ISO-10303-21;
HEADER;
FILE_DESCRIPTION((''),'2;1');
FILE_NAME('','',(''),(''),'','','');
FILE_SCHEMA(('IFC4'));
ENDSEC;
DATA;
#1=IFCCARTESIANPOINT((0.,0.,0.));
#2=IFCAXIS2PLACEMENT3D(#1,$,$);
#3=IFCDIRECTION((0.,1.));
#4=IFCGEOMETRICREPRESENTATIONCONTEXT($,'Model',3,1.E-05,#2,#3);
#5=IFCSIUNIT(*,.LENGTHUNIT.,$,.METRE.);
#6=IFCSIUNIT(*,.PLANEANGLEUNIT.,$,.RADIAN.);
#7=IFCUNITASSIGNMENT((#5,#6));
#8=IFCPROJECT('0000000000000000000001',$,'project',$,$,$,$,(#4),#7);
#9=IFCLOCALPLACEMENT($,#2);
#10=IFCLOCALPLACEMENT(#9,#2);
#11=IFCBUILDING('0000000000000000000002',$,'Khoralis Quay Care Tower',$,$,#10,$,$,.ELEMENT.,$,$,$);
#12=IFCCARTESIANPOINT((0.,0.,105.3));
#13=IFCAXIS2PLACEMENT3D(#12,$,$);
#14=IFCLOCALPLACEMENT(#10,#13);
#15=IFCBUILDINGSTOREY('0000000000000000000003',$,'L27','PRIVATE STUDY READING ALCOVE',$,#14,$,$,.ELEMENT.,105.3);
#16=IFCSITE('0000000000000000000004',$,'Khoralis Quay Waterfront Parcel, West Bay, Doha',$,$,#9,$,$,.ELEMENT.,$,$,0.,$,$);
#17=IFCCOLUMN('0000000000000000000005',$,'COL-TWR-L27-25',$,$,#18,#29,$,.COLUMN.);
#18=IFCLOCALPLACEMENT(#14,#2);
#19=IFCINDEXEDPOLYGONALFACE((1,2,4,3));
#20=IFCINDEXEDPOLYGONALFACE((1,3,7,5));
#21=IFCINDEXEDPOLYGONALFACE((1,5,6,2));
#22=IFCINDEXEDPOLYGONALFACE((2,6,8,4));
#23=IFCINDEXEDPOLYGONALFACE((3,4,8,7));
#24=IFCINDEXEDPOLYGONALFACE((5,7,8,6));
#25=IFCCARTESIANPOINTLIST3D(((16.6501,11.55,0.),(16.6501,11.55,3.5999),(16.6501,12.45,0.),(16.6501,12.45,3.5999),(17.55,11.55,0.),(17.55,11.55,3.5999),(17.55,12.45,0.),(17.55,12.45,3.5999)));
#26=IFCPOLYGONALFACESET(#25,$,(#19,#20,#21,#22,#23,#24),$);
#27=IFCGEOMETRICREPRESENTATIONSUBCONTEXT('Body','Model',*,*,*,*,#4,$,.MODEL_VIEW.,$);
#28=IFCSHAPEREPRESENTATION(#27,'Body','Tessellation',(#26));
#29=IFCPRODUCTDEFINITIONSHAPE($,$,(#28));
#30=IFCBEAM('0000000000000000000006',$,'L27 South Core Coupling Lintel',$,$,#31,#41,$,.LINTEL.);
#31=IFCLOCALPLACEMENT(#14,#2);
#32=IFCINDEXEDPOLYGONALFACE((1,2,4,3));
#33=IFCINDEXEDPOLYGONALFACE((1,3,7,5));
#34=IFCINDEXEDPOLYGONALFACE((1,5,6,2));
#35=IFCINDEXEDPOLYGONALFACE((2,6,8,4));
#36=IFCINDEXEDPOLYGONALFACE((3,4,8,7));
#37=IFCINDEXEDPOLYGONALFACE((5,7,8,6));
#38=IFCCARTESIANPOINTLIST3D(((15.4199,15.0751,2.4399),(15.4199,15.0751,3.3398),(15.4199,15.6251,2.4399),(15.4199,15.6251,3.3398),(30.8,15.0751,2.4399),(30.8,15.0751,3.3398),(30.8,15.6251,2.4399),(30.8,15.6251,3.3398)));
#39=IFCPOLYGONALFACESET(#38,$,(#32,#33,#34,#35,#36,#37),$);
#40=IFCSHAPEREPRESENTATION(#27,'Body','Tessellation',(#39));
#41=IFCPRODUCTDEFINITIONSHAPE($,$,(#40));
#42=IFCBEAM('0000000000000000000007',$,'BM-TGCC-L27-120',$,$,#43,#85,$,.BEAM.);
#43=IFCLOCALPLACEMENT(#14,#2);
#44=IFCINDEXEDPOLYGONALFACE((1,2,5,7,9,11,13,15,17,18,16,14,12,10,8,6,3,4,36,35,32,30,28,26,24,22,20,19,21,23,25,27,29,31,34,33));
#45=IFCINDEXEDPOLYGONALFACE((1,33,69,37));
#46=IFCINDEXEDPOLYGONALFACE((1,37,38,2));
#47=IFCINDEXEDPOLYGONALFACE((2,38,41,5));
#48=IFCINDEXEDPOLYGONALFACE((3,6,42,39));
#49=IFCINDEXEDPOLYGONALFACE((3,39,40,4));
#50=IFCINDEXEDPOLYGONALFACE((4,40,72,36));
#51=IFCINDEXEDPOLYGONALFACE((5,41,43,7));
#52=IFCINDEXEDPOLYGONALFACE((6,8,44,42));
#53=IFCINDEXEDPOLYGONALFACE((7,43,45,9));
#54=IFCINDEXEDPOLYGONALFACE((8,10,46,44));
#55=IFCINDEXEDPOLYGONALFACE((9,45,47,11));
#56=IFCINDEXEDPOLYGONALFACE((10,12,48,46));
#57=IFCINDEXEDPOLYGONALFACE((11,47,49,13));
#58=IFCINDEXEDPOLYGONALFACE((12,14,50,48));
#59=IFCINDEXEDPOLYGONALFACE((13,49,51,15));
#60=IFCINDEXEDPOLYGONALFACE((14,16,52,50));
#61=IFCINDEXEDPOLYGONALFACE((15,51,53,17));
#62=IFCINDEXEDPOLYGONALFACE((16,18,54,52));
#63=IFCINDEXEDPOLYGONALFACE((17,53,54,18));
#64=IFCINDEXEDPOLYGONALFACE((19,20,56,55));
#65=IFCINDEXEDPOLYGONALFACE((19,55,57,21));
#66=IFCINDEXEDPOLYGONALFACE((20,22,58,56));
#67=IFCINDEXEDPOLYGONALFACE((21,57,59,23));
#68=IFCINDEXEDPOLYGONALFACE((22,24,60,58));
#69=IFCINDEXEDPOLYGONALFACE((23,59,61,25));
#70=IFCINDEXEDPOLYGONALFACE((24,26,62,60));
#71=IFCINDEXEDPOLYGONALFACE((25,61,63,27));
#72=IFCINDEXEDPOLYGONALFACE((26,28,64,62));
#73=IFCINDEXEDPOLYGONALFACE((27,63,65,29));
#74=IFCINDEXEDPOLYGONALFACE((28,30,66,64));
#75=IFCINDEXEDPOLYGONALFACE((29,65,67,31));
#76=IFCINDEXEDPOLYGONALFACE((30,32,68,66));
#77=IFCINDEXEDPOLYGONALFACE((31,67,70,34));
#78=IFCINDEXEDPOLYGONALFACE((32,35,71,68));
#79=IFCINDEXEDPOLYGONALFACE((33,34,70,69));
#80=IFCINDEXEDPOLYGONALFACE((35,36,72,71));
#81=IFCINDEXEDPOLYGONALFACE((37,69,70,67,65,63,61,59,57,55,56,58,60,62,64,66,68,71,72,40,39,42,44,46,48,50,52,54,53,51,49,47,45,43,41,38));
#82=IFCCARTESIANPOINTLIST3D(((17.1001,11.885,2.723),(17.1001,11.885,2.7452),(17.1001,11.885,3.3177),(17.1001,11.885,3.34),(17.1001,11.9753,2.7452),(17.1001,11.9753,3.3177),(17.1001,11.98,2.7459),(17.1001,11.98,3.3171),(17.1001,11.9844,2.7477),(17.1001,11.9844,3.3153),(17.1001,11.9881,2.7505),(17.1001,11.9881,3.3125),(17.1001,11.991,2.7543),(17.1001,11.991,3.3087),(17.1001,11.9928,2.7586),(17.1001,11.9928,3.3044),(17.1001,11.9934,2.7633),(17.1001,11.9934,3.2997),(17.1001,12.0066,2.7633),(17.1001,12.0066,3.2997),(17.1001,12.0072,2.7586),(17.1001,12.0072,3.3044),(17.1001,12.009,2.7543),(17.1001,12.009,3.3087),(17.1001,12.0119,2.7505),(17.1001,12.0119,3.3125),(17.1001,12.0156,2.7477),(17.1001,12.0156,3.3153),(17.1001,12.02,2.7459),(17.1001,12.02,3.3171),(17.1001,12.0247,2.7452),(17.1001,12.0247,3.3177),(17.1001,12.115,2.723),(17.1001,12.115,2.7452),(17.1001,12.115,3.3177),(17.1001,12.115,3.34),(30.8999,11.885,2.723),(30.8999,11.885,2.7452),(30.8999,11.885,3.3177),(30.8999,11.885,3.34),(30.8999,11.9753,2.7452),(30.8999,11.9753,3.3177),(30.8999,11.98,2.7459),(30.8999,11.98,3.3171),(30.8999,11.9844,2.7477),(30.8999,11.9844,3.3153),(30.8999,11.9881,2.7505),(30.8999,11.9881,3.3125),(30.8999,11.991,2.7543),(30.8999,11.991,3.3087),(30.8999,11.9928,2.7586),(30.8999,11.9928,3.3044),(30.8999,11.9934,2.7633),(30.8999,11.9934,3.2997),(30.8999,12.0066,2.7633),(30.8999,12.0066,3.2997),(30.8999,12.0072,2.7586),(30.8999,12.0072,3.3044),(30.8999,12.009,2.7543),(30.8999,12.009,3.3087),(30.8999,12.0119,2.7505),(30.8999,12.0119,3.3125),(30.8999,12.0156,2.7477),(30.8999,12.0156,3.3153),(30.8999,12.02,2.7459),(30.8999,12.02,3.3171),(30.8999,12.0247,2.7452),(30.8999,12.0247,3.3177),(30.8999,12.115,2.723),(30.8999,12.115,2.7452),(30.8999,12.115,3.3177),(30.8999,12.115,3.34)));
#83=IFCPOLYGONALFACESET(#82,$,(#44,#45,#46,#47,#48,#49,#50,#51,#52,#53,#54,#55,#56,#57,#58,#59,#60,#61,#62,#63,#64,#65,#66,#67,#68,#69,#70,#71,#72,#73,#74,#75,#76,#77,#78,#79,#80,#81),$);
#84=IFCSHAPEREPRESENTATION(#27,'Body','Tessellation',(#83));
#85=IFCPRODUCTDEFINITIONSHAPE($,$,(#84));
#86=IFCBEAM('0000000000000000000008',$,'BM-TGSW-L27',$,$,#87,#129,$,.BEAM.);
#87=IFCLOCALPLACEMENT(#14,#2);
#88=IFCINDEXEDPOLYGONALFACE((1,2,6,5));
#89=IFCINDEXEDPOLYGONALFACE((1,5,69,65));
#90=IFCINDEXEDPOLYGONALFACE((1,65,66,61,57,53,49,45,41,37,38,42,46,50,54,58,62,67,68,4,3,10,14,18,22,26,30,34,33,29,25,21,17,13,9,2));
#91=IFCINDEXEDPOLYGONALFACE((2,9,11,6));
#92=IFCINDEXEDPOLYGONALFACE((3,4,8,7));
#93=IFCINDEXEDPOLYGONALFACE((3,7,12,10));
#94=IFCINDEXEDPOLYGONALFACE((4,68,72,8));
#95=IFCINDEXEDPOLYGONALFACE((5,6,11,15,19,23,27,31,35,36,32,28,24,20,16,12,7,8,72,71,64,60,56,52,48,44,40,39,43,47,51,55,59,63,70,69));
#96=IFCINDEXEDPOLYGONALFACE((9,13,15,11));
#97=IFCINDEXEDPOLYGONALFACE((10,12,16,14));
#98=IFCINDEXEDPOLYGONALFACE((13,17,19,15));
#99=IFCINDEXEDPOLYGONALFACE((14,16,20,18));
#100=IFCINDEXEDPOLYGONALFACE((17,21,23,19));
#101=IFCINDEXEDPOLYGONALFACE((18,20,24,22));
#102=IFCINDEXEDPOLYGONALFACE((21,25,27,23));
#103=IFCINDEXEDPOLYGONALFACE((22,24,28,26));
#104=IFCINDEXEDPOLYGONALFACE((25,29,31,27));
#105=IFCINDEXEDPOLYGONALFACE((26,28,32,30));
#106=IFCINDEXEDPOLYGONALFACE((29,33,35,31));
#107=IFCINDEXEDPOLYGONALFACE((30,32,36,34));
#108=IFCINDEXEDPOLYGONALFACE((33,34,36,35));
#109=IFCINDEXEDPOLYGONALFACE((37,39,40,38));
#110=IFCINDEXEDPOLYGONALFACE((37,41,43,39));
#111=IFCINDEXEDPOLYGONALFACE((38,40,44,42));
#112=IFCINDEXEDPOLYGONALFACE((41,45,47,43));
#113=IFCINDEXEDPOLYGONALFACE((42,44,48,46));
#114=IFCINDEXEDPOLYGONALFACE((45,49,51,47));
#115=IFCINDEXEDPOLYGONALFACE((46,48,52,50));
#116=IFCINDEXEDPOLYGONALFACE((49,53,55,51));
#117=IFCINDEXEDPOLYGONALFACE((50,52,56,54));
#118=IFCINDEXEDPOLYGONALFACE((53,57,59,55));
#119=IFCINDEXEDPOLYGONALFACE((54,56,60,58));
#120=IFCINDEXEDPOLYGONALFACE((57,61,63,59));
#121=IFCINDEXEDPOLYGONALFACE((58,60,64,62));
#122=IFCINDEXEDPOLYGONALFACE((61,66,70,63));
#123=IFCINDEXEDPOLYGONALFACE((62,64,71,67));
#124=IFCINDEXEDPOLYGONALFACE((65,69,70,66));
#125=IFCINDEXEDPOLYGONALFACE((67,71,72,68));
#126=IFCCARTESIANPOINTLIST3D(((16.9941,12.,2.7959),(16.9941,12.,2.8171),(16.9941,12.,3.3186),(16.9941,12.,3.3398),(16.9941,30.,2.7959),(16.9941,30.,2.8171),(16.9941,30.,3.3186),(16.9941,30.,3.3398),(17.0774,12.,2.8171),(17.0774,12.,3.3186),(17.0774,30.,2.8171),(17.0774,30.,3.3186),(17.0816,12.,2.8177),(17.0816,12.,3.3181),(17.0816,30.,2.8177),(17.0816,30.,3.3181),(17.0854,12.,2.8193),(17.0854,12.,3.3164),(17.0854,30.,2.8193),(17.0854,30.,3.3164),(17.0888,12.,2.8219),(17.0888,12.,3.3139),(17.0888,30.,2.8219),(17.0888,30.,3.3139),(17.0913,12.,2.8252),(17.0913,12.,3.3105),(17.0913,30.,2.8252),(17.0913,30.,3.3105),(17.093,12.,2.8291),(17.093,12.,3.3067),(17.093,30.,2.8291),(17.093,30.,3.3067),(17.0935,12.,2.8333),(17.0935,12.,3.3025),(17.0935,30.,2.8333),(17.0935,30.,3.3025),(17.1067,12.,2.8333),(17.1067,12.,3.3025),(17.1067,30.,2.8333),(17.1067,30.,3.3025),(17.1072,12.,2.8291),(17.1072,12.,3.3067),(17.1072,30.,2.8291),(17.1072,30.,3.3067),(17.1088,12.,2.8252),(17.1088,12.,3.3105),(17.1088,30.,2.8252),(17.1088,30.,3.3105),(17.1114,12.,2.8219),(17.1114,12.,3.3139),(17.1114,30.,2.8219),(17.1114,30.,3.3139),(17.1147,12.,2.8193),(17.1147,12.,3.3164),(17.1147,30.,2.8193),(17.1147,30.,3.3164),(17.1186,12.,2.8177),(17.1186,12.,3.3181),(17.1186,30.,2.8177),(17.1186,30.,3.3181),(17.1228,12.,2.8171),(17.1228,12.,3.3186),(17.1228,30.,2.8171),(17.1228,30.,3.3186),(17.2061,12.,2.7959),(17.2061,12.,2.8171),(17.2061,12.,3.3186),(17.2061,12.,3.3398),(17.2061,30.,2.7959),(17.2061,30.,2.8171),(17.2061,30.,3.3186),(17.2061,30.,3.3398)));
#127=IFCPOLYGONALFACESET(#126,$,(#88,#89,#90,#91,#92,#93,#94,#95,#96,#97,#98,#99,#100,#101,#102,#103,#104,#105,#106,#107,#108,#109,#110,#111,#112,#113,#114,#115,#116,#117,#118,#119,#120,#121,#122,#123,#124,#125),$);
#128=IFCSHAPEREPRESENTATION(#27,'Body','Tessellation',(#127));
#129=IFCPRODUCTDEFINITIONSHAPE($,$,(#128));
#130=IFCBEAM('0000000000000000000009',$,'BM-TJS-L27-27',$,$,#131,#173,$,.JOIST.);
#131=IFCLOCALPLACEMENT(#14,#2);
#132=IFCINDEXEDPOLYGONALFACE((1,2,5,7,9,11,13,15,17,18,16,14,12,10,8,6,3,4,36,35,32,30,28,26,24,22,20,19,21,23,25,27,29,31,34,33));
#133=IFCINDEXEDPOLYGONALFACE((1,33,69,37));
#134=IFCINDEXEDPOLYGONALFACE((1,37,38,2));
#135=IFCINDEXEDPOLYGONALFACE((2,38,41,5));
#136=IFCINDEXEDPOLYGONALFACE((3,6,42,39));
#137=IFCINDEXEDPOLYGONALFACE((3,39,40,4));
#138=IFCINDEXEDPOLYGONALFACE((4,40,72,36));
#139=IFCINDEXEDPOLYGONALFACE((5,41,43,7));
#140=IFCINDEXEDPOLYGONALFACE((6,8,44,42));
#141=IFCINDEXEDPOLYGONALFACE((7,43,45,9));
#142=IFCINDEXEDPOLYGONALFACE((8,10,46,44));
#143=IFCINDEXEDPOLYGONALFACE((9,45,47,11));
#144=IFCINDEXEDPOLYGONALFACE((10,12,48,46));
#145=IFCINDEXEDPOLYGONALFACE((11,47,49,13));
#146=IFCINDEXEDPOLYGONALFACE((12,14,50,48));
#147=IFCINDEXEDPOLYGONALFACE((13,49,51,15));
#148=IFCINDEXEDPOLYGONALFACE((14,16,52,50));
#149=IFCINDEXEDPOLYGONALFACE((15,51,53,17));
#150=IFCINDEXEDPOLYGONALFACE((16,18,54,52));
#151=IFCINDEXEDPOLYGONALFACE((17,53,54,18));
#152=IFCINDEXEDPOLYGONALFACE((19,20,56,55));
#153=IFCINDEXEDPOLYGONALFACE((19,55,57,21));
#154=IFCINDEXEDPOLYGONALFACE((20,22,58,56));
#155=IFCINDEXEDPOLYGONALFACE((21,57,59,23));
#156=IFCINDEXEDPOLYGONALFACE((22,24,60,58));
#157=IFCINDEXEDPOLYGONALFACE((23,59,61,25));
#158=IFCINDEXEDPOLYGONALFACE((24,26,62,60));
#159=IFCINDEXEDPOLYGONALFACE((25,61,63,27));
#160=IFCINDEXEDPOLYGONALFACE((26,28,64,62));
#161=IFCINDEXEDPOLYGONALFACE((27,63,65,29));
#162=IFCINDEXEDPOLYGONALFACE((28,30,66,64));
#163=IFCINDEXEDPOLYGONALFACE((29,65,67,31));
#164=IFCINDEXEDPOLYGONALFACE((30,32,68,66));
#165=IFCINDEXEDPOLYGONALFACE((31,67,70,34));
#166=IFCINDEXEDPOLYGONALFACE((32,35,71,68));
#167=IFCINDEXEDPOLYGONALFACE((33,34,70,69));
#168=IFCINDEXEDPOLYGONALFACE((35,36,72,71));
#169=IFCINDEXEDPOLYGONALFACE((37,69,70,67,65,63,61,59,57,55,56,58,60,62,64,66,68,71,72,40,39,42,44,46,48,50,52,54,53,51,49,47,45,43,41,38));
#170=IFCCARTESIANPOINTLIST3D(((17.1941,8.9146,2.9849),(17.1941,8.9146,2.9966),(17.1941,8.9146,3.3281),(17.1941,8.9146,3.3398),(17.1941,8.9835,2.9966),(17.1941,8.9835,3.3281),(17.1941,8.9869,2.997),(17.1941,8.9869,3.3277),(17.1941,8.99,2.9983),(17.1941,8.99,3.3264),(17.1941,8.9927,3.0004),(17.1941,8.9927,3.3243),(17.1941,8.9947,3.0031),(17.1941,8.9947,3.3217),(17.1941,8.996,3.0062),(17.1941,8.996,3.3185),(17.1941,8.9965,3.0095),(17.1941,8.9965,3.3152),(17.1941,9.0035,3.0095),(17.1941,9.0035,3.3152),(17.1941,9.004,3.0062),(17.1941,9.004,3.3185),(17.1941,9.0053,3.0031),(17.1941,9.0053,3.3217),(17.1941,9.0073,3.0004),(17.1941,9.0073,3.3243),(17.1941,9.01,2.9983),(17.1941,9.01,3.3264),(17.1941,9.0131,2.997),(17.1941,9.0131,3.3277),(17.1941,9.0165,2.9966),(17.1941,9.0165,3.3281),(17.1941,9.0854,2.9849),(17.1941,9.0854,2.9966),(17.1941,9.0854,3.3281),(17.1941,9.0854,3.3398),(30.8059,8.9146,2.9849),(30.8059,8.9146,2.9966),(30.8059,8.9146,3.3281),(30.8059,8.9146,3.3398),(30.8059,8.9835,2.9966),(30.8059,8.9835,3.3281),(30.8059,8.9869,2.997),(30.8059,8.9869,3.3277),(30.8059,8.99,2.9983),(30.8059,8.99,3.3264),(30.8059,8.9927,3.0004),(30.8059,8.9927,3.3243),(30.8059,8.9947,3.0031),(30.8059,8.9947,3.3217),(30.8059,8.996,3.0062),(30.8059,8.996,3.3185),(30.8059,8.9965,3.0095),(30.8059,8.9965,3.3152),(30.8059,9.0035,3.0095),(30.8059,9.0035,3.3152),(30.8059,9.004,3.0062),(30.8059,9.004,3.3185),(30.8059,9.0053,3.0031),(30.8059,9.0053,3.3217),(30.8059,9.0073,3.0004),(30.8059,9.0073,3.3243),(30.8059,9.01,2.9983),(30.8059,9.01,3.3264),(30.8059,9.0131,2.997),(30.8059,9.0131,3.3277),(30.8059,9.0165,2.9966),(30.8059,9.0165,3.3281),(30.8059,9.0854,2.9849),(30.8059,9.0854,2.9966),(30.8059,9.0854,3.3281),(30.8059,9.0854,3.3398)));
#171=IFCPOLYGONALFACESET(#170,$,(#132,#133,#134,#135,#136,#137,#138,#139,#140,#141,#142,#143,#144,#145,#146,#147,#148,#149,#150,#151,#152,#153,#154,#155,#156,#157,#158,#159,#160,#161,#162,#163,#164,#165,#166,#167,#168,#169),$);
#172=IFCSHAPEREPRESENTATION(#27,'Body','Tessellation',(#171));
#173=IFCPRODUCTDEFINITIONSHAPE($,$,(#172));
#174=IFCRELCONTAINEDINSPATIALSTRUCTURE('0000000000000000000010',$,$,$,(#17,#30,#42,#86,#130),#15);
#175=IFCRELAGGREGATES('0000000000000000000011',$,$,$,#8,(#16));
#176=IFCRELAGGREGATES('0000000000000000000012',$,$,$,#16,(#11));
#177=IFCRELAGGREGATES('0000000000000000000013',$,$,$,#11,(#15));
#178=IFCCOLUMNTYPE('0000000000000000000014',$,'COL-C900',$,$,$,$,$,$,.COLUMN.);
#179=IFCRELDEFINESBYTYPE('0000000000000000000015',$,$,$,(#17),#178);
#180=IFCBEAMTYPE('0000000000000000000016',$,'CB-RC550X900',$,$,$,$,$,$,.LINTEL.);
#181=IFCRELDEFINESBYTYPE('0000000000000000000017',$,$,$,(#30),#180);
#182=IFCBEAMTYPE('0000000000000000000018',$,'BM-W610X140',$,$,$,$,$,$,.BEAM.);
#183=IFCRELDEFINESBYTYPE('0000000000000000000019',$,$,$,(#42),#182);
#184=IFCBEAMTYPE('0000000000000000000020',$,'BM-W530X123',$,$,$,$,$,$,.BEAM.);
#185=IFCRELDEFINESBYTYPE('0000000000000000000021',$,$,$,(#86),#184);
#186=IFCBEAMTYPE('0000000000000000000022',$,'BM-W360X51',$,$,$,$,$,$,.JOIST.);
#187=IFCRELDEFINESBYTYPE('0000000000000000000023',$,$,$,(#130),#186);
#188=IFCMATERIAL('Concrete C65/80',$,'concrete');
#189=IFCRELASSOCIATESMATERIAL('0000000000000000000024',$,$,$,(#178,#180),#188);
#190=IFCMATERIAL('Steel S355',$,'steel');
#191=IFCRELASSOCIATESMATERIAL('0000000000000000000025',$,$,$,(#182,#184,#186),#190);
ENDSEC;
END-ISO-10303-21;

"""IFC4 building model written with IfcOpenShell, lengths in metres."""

from ifc_helpers import new_model, si_unit, direction, frame, origin, origin_2d, place, context, subcontext, project, spatial, rectangle, i_section, extrude, source, transform, mapped, material, material_profile, profile_set, type_object, element, save


model = new_model("IFC4")

# Units and contexts
model_context = context("Model", 3, precision=1e-05, world=origin(), true_north=direction((0.0, 1.0)))
body_context = subcontext(model_context, "Body", "Model", "MODEL_VIEW")
ifc_project = project(units=[si_unit("LENGTHUNIT", "METRE"), si_unit("PLANEANGLEUNIT", "RADIAN")], contexts=[model_context])

# Site, building, storey
site_placement = place(None, origin())
site = spatial("IfcSite", under=ifc_project, at=site_placement, Name="Khoralis Quay Waterfront Parcel, West Bay, Doha", CompositionType="ELEMENT", RefElevation=0.0)
building_placement = place(site_placement, origin())
building = spatial("IfcBuilding", under=site, at=building_placement, Name="Khoralis Quay Care Tower", CompositionType="ELEMENT")
storey_placement = place(building_placement, frame((0.0, 0.0, 105.3)))
storey = spatial("IfcBuildingStorey", under=building, at=storey_placement, Name="L27", Description="PRIVATE STUDY READING ALCOVE", CompositionType="ELEMENT", Elevation=105.3)

# Column
ifc_material_1 = material(Name="Concrete C65/80", Category="concrete")
ifc_material_profile_1 = material_profile(ifc_material_1, rectangle(XDim=0.8999, YDim=0.8999, at=origin_2d()), Name="Concrete C65/80")
ifc_profile_set_1 = profile_set([ifc_material_profile_1], Name="Concrete C65/80")
column_type = type_object("IfcColumnType", Name="COL-C900", PredefinedType="COLUMN", material=ifc_profile_set_1)
shared_shape_1 = source(origin(), body_context, "Body", "SweptSolid", [
    extrude(rectangle(XDim=0.8999, YDim=0.8999, at=origin_2d()), origin(), (0.0, 0.0, 1.0), 3.5999),
])
column_placement = place(storey_placement, frame((17.1001, 12.0, 0.0), z_axis=(0.0, 0.0, 1.0), x_axis=(1.0, 0.0, 0.0)))
element("IfcColumn", 1, at=column_placement, inside=storey, type_object=column_type, Name="COL-TWR-L27-25", PredefinedType="COLUMN", context=body_context, shape_type="MappedRepresentation", body=[
    mapped(shared_shape_1, transform((0.0, 0.0, 0.0), scale=1.0)),
])

# Beams
ifc_material_profile_2 = material_profile(ifc_material_1, rectangle(XDim=0.55, YDim=0.8999, at=origin_2d()), Name="Concrete C65/80")
ifc_profile_set_2 = profile_set([ifc_material_profile_2], Name="Concrete C65/80")
beam_type_1 = type_object("IfcBeamType", Name="CB-RC550X900", PredefinedType="LINTEL", material=ifc_profile_set_2)
shared_shape_2 = source(origin(), body_context, "Body", "SweptSolid", [
    extrude(rectangle(XDim=0.55, YDim=0.8999, at=origin_2d()), origin(), (0.0, 0.0, 1.0), 15.3801),
])
beam_1_placement = place(storey_placement, frame((15.4199, 15.3501, 2.8899), z_axis=(1.0, 0.0, 0.0), x_axis=(0.0, 1.0, 0.0)))
element("IfcBeam", 2, at=beam_1_placement, inside=storey, type_object=beam_type_1, Name="L27 South Core Coupling Lintel", PredefinedType="LINTEL", context=body_context, shape_type="MappedRepresentation", body=[
    mapped(shared_shape_2, transform((0.0, 0.0, 0.0), scale=1.0)),
])
ifc_material_2 = material(Name="Steel S355", Category="steel")
ifc_material_profile_3 = material_profile(ifc_material_2, i_section(OverallWidth=0.23, OverallDepth=0.6169, WebThickness=0.0132, FlangeThickness=0.0222, FilletRadius=0.0181, at=origin_2d()), Name="Steel S355")
ifc_profile_set_3 = profile_set([ifc_material_profile_3], Name="Steel S355")
beam_type_2 = type_object("IfcBeamType", Name="BM-W610X140", PredefinedType="BEAM", material=ifc_profile_set_3)
shared_shape_3 = source(origin(), body_context, "Body", "SweptSolid", [
    extrude(i_section(OverallWidth=0.23, OverallDepth=0.6169, WebThickness=0.0132, FlangeThickness=0.0222, FilletRadius=0.0181, at=origin_2d()), origin(), (0.0, 0.0, 1.0), 13.7998),
])
beam_2_placement = place(storey_placement, frame((17.1001, 12.0, 3.0315), z_axis=(1.0, 0.0, 0.0), x_axis=(0.0, 1.0, 0.0)))
element("IfcBeam", 3, at=beam_2_placement, inside=storey, type_object=beam_type_2, Name="BM-TGCC-L27-120", PredefinedType="BEAM", context=body_context, shape_type="MappedRepresentation", body=[
    mapped(shared_shape_3, transform((0.0, 0.0, 0.0), scale=1.0)),
])
ifc_material_profile_4 = material_profile(ifc_material_2, i_section(OverallWidth=0.2119, OverallDepth=0.5439, WebThickness=0.0132, FlangeThickness=0.0212, FilletRadius=0.0161, at=origin_2d()), Name="Steel S355")
ifc_profile_set_4 = profile_set([ifc_material_profile_4], Name="Steel S355")
beam_type_3 = type_object("IfcBeamType", Name="BM-W530X123", PredefinedType="BEAM", material=ifc_profile_set_4)
shared_shape_4 = source(origin(), body_context, "Body", "SweptSolid", [
    extrude(i_section(OverallWidth=0.2119, OverallDepth=0.5439, WebThickness=0.0132, FlangeThickness=0.0212, FilletRadius=0.0161, at=origin_2d()), origin(), (0.0, 0.0, 1.0), 18.0),
])
beam_3_placement = place(storey_placement, frame((17.1001, 12.0, 3.0679), z_axis=(0.0, 1.0, 0.0), x_axis=(-1.0, 0.0, 0.0)))
element("IfcBeam", 4, at=beam_3_placement, inside=storey, type_object=beam_type_3, Name="BM-TGSW-L27", PredefinedType="BEAM", context=body_context, shape_type="MappedRepresentation", body=[
    mapped(shared_shape_4, transform((0.0, 0.0, 0.0), scale=1.0)),
])
ifc_material_profile_5 = material_profile(ifc_material_2, i_section(OverallWidth=0.1709, OverallDepth=0.355, WebThickness=0.0071, FlangeThickness=0.0117, FilletRadius=0.0129, at=origin_2d()), Name="Steel S355")
ifc_profile_set_5 = profile_set([ifc_material_profile_5], Name="Steel S355")
beam_type_4 = type_object("IfcBeamType", Name="BM-W360X51", PredefinedType="JOIST", material=ifc_profile_set_5)
shared_shape_5 = source(origin(), body_context, "Body", "SweptSolid", [
    extrude(i_section(OverallWidth=0.1709, OverallDepth=0.355, WebThickness=0.0071, FlangeThickness=0.0117, FilletRadius=0.0129, at=origin_2d()), origin(), (0.0, 0.0, 1.0), 13.6118),
])
beam_4_placement = place(storey_placement, frame((17.1941, 9.0, 3.1624), z_axis=(1.0, 0.0, 0.0), x_axis=(0.0, 1.0, 0.0)))
element("IfcBeam", 5, at=beam_4_placement, inside=storey, type_object=beam_type_4, Name="BM-TJS-L27-27", PredefinedType="JOIST", context=body_context, shape_type="MappedRepresentation", body=[
    mapped(shared_shape_5, transform((0.0, 0.0, 0.0), scale=1.0)),
])

save(model, "model.ifc")
